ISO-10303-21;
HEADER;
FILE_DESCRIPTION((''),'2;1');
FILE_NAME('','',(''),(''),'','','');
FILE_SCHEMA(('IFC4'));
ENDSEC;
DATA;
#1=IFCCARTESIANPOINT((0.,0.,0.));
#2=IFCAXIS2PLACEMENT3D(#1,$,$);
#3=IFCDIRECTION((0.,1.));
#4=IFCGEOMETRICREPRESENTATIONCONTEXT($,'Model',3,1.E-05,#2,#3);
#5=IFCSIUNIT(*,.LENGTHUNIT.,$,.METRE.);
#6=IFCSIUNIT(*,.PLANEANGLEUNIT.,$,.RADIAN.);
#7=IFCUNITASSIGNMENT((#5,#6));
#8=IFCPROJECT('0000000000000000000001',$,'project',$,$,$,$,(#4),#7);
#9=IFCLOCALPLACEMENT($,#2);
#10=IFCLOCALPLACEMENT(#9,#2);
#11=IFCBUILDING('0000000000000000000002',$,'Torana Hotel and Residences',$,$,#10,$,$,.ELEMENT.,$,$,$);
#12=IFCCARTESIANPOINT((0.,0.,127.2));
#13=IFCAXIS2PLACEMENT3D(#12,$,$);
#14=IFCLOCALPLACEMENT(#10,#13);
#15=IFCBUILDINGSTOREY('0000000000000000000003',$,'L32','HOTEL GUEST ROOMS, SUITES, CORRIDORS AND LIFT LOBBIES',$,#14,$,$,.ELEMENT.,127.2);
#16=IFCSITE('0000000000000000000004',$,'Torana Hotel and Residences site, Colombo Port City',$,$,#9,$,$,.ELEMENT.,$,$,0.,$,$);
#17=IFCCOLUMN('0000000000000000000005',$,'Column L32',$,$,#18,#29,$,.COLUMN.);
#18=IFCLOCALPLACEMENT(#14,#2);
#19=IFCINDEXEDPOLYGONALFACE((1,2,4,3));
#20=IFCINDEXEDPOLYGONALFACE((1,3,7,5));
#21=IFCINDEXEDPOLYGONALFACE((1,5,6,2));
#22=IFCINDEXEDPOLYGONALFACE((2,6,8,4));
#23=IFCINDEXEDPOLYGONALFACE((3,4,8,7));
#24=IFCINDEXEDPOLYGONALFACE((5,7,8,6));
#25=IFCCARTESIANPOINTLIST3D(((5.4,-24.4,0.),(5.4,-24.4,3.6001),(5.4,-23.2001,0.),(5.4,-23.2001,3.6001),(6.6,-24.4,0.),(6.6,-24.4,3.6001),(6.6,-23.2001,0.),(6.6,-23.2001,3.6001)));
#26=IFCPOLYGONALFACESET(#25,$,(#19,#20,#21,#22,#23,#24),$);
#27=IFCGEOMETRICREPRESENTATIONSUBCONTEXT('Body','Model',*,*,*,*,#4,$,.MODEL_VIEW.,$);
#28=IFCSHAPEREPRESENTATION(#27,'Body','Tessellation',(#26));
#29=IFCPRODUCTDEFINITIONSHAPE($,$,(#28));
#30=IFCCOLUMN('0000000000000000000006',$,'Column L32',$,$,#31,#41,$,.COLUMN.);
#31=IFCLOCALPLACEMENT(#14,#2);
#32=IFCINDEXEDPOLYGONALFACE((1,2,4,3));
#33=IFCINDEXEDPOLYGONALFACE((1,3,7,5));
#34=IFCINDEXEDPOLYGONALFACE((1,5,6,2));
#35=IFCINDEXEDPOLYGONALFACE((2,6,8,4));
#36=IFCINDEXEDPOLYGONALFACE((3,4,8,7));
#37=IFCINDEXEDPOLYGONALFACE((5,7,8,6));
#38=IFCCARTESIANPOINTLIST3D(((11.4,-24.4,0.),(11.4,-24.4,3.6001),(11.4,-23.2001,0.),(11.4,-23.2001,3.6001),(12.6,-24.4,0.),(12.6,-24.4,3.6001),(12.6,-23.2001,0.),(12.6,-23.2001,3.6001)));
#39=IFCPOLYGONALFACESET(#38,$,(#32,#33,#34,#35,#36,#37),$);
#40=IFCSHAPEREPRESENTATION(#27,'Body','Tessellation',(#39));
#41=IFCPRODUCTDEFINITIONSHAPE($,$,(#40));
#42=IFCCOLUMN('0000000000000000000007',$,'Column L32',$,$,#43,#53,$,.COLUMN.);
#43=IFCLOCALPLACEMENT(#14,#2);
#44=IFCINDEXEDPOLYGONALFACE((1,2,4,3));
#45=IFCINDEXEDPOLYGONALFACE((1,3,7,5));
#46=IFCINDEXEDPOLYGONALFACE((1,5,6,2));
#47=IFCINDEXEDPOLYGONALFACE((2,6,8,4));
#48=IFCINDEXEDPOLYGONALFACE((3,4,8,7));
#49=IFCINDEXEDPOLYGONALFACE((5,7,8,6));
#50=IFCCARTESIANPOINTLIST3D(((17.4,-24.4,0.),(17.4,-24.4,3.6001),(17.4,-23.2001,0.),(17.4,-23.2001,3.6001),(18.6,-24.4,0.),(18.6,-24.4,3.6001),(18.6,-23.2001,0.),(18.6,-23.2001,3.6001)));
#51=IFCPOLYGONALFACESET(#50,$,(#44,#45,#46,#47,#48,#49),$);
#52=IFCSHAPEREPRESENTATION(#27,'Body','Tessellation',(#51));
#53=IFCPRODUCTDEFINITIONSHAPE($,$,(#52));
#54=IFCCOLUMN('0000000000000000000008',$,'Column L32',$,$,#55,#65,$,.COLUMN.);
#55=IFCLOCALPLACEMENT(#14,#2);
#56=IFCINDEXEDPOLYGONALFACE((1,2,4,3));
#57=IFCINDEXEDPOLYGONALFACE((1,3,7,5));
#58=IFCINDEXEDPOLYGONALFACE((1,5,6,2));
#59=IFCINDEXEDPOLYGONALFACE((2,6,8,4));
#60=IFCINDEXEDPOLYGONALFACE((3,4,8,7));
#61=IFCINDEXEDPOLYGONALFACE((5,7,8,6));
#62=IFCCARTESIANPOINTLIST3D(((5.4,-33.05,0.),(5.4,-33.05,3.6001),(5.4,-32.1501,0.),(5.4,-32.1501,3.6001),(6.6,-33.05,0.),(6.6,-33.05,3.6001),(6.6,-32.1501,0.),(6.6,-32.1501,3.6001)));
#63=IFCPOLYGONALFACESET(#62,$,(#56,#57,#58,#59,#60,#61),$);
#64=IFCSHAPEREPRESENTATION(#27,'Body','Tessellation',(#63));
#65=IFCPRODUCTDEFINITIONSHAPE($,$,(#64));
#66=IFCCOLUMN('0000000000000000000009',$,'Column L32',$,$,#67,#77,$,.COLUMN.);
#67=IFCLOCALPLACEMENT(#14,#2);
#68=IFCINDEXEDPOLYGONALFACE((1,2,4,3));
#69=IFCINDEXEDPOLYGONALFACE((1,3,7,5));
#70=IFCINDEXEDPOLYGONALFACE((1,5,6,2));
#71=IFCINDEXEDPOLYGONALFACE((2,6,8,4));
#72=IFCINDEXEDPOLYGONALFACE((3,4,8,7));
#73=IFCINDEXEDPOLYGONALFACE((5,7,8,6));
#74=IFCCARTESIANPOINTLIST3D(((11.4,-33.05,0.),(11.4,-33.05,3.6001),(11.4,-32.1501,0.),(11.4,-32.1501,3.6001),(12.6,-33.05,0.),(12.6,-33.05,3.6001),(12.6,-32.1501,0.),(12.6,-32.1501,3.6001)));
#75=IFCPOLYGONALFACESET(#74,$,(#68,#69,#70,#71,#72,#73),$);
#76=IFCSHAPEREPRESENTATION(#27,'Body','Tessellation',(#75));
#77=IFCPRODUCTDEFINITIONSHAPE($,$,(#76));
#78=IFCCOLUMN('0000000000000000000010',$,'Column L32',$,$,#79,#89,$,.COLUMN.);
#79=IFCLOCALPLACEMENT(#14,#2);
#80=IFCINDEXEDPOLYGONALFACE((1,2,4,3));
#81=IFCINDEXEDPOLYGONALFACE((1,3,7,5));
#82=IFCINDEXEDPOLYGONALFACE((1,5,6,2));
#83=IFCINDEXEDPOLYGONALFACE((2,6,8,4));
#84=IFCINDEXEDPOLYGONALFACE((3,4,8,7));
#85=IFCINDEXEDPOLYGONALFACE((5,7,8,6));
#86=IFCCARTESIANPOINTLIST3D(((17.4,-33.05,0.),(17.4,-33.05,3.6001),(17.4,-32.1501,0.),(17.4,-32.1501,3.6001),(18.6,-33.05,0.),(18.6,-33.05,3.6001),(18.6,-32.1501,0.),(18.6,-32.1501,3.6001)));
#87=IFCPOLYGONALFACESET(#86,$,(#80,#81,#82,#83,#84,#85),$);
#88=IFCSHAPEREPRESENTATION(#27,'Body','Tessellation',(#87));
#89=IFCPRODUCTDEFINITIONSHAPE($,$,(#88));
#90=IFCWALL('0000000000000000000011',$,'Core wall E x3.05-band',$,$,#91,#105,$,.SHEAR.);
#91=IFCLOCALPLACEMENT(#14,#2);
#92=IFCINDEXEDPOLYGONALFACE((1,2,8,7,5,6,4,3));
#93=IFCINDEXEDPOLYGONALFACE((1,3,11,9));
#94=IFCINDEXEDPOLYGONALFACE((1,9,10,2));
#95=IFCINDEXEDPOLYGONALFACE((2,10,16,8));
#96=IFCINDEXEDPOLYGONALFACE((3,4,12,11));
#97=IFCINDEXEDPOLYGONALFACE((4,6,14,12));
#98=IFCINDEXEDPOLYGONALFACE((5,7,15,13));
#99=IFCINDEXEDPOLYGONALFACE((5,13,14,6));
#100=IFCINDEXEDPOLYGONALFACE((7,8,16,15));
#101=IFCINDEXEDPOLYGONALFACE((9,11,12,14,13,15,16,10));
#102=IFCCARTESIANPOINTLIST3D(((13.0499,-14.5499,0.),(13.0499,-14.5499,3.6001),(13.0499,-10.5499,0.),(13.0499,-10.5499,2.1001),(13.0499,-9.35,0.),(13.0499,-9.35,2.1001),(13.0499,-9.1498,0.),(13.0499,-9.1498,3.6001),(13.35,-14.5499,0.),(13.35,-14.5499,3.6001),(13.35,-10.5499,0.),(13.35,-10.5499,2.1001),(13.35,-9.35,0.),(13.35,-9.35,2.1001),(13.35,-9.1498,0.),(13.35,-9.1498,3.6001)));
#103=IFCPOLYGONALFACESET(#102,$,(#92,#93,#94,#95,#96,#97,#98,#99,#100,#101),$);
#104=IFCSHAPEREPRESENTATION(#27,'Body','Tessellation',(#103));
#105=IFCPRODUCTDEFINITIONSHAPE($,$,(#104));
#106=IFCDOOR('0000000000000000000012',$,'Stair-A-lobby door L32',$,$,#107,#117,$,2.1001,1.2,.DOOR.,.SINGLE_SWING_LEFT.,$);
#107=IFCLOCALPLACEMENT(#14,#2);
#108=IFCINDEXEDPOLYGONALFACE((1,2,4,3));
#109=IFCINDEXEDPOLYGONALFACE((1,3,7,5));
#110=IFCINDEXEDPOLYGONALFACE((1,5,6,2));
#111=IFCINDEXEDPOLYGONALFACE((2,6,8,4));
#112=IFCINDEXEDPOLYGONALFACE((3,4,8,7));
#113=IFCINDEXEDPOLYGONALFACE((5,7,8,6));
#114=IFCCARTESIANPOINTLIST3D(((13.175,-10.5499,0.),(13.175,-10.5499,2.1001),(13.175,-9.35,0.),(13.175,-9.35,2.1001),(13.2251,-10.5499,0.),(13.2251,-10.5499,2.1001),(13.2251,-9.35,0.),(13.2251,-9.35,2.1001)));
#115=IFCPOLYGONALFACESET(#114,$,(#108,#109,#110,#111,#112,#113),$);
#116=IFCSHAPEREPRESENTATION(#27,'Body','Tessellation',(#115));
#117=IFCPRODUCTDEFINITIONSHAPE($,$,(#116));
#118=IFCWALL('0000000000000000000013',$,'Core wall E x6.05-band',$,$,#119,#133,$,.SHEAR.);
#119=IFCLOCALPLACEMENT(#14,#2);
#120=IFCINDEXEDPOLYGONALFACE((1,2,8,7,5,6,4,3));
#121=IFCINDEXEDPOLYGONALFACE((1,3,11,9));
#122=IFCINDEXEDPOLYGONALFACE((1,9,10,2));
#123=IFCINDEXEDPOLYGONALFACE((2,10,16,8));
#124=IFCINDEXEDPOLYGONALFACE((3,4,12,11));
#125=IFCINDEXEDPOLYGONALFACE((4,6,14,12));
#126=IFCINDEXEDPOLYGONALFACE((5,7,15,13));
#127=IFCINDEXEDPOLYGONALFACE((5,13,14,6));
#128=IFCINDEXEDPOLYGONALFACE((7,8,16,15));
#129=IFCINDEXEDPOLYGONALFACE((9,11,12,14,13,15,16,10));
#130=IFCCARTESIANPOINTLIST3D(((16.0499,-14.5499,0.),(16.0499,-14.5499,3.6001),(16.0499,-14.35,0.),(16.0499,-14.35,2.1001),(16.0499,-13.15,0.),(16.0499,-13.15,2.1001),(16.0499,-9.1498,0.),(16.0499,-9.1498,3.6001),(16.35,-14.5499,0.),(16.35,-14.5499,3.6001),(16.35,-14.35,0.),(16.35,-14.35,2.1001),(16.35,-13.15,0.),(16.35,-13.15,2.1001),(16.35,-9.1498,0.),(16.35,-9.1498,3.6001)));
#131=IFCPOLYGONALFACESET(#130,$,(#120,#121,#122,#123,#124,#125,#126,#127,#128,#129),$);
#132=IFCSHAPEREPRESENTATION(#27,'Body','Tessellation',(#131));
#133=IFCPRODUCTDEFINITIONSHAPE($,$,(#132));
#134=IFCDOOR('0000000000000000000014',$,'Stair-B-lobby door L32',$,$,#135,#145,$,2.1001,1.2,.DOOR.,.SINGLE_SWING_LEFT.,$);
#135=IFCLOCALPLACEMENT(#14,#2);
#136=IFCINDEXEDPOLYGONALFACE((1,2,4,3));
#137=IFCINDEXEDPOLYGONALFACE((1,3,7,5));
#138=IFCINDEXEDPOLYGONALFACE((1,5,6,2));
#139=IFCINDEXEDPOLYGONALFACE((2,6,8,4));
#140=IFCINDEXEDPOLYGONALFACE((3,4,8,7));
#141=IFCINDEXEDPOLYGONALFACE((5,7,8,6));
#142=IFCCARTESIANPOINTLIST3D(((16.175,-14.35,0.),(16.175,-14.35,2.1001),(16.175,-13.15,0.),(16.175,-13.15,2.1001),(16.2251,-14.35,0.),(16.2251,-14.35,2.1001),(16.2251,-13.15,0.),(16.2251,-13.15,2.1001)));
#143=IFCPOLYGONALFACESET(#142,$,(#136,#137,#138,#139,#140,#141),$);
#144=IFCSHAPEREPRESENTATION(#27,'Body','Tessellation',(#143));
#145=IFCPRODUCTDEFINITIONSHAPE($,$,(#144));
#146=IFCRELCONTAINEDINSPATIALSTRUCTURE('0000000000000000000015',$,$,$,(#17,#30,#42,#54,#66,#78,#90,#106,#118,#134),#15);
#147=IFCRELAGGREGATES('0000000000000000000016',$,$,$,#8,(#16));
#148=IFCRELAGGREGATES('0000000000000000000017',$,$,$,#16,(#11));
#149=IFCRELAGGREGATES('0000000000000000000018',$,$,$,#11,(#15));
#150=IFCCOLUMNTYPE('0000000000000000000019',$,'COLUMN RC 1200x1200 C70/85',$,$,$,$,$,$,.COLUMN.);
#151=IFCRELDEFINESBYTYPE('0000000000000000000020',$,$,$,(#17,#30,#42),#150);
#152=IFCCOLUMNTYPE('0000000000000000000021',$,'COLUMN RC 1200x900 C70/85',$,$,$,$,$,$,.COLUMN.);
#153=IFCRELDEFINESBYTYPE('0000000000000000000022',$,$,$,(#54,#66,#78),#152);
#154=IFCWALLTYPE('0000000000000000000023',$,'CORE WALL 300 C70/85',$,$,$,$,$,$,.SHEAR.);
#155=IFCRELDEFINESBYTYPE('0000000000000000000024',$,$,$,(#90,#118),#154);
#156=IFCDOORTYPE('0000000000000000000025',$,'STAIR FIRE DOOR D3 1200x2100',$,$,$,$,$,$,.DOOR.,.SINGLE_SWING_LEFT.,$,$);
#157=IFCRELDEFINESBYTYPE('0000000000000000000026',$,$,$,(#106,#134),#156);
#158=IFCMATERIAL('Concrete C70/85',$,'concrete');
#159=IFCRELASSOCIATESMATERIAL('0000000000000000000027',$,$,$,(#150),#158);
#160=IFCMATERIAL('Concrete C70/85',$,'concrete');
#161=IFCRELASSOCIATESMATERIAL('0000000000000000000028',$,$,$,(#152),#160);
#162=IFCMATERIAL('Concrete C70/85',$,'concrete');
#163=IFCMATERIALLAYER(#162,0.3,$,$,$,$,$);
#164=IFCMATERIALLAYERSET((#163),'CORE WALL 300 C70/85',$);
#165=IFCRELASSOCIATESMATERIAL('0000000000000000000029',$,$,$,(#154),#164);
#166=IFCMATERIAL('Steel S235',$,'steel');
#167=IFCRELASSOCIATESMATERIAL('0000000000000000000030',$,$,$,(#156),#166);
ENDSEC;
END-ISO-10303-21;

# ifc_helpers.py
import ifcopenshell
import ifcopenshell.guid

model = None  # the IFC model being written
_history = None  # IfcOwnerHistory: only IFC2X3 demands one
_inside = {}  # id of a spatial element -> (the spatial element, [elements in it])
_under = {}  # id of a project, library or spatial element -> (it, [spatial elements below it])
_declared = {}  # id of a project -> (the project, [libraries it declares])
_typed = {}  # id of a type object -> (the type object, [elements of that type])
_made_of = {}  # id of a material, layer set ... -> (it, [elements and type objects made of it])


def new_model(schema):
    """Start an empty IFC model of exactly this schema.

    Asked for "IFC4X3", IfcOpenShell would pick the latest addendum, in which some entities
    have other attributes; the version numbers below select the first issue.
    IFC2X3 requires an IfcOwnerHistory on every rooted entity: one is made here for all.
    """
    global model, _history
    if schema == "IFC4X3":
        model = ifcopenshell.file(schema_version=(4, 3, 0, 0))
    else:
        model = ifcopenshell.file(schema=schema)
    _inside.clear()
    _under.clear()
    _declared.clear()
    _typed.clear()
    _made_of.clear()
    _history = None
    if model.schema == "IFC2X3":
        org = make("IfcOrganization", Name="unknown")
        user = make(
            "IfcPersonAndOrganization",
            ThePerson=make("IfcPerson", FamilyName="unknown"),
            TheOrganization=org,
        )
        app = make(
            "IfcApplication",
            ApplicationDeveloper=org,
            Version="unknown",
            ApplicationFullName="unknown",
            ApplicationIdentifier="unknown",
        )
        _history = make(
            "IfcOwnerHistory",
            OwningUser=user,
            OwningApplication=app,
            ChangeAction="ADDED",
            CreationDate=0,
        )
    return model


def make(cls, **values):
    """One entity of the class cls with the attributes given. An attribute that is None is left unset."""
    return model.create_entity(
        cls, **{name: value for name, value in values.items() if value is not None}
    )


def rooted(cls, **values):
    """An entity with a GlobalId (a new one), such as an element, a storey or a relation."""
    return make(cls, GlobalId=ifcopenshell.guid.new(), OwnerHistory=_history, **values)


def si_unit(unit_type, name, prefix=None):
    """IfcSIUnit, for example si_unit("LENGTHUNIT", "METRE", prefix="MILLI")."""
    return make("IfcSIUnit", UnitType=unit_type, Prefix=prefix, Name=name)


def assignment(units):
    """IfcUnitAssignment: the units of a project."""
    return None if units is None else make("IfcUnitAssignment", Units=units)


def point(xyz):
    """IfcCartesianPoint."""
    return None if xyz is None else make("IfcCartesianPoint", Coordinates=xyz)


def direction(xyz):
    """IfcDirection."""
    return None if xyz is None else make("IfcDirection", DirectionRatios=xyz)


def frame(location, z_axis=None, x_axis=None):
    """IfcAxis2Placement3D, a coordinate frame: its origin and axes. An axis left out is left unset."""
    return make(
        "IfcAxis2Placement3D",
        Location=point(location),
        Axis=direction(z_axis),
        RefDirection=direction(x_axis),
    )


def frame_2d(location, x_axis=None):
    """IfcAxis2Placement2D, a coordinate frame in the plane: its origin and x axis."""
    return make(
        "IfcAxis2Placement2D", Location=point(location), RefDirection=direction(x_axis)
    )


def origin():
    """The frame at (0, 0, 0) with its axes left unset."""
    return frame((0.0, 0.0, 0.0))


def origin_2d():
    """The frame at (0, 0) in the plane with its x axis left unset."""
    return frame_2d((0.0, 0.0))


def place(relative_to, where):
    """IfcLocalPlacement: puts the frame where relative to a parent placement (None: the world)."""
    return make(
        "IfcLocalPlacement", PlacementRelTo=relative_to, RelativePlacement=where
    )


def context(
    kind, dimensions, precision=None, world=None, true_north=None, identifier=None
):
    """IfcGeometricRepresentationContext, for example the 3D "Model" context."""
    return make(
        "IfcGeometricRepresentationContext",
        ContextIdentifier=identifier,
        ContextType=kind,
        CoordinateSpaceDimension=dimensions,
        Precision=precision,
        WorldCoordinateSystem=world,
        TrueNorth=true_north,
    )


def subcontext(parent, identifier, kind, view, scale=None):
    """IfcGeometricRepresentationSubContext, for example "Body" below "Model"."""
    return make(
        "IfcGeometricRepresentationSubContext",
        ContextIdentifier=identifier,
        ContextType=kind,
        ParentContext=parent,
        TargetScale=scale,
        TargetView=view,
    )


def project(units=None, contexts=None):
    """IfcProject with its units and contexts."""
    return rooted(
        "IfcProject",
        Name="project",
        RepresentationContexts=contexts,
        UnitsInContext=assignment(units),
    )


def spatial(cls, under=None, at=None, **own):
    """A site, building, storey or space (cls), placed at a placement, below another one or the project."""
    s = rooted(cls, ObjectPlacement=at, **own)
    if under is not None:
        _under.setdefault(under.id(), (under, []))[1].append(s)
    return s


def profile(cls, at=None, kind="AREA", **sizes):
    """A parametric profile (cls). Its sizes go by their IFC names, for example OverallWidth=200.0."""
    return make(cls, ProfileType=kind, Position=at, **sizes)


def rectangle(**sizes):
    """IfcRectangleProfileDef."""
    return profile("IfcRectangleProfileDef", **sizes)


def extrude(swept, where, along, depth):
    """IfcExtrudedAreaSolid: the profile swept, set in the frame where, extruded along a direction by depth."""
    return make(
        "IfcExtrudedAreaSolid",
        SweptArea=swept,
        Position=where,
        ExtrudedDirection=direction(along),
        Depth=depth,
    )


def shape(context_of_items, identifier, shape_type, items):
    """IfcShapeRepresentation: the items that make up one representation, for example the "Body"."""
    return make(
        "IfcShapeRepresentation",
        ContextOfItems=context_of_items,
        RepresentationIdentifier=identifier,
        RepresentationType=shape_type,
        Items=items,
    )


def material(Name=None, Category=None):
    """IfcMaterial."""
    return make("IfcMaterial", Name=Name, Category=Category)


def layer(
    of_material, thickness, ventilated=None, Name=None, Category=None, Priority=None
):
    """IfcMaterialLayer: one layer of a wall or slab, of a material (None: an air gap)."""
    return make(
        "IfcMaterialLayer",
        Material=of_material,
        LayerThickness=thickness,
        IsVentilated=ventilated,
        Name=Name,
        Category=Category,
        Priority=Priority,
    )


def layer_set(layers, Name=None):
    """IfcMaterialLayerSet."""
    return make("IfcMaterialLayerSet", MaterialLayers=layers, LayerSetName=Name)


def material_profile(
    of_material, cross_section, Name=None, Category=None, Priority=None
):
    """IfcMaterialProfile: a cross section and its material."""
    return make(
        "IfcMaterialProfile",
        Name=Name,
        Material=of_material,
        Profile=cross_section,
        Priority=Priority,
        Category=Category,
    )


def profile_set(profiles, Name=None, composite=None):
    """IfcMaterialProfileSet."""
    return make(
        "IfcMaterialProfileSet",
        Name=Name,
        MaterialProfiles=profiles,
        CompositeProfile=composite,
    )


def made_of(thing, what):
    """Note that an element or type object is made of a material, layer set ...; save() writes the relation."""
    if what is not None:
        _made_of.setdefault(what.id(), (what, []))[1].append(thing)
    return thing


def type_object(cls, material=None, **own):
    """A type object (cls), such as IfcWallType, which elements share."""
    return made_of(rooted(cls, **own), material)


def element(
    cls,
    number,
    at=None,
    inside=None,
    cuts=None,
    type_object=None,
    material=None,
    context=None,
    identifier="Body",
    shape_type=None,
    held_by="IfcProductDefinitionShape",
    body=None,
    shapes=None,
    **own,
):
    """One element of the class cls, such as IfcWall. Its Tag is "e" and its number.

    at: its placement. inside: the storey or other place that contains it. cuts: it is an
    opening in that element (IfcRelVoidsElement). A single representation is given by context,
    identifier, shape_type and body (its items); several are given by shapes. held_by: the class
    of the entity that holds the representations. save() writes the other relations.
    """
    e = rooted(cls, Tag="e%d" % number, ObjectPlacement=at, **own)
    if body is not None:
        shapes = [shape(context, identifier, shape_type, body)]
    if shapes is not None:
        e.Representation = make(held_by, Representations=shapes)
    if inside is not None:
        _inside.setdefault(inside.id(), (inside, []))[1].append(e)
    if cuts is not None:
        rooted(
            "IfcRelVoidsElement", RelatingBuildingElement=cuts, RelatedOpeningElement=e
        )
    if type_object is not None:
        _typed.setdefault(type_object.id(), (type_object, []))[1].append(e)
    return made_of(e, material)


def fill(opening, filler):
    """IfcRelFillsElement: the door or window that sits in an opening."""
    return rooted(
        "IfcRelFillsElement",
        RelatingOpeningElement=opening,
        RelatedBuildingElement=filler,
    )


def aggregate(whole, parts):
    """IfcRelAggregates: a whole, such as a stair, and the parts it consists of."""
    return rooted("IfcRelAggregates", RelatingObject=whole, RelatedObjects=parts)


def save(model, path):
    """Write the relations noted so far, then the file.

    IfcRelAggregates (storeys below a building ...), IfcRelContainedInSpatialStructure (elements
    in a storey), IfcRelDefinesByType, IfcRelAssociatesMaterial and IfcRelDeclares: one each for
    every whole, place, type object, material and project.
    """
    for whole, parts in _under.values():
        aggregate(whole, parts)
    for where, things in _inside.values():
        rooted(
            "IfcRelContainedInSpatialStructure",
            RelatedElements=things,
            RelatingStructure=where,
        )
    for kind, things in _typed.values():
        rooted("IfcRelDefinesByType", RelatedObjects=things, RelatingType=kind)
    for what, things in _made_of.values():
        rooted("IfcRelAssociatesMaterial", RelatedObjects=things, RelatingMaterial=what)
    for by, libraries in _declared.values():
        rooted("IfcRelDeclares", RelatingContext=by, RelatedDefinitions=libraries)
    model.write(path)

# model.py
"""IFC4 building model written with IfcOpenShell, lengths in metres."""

from ifc_helpers import new_model, si_unit, direction, frame, frame_2d, origin, origin_2d, place, context, subcontext, project, spatial, rectangle, extrude, material, layer, layer_set, material_profile, profile_set, type_object, element, fill, save


model = new_model("IFC4")

# Units and contexts
model_context = context("Model", 3, precision=1e-05, world=origin(), true_north=direction((0.0, 1.0)))
body_context = subcontext(model_context, "Body", "Model", "MODEL_VIEW")
ifc_project = project(units=[si_unit("LENGTHUNIT", "METRE"), si_unit("PLANEANGLEUNIT", "RADIAN")], contexts=[model_context])

# Site, building, storey
site_placement = place(None, origin())
site = spatial("IfcSite", under=ifc_project, at=site_placement, Name="Torana Hotel and Residences site, Colombo Port City", CompositionType="ELEMENT", RefElevation=0.0)
building_placement = place(site_placement, origin())
building = spatial("IfcBuilding", under=site, at=building_placement, Name="Torana Hotel and Residences", CompositionType="ELEMENT")
storey_placement = place(building_placement, frame((0.0, 0.0, 127.2)))
storey = spatial("IfcBuildingStorey", under=building, at=storey_placement, Name="L32", Description="HOTEL GUEST ROOMS, SUITES, CORRIDORS AND LIFT LOBBIES", CompositionType="ELEMENT", Elevation=127.2)

# Columns
ifc_material_1 = material(Name="Concrete C70/85", Category="concrete")
ifc_material_profile_1 = material_profile(ifc_material_1, rectangle(XDim=1.2, YDim=1.2, at=origin_2d()), Name="RC 1200x1200")
ifc_profile_set_1 = profile_set([ifc_material_profile_1], Name="Concrete C70/85")
column_type_1 = type_object("IfcColumnType", Name="COLUMN RC 1200x1200 C70/85", PredefinedType="COLUMN", material=ifc_profile_set_1)
for number, where, z_axis, x_axis, name in (
    (1, (6.0, -23.8, 0.0), (0.0, 0.0, 1.0), (1.0, 0.0, 0.0), "Column L32"),
    (2, (12.0, -23.8, 0.0), (0.0, 0.0, 1.0), (1.0, 0.0, 0.0), "Column L32"),
    (3, (18.0, -23.8, 0.0), (0.0, 0.0, 1.0), (1.0, 0.0, 0.0), "Column L32"),
):
    element("IfcColumn", number, at=place(storey_placement, frame(where, z_axis=z_axis, x_axis=x_axis)), inside=storey, type_object=column_type_1, Name=name, PredefinedType="COLUMN", context=body_context, shape_type="SweptSolid", body=[
        extrude(rectangle(XDim=1.2, YDim=1.2, at=origin_2d()), origin(), (0.0, 0.0, 1.0), 3.6001),
    ])
ifc_material_2 = material(Name="Concrete C70/85", Category="concrete")
ifc_material_profile_2 = material_profile(ifc_material_2, rectangle(XDim=1.2, YDim=0.8999, at=origin_2d()), Name="RC 1200x900")
ifc_profile_set_2 = profile_set([ifc_material_profile_2], Name="Concrete C70/85")
column_type_2 = type_object("IfcColumnType", Name="COLUMN RC 1200x900 C70/85", PredefinedType="COLUMN", material=ifc_profile_set_2)
for number, where, z_axis, x_axis, name in (
    (4, (6.0, -32.6001, 0.0), (0.0, 0.0, 1.0), (1.0, 0.0, 0.0), "Column L32"),
    (5, (12.0, -32.6001, 0.0), (0.0, 0.0, 1.0), (1.0, 0.0, 0.0), "Column L32"),
    (6, (18.0, -32.6001, 0.0), (0.0, 0.0, 1.0), (1.0, 0.0, 0.0), "Column L32"),
):
    element("IfcColumn", number, at=place(storey_placement, frame(where, z_axis=z_axis, x_axis=x_axis)), inside=storey, type_object=column_type_2, Name=name, PredefinedType="COLUMN", context=body_context, shape_type="SweptSolid", body=[
        extrude(rectangle(XDim=1.2, YDim=0.8999, at=origin_2d()), origin(), (0.0, 0.0, 1.0), 3.6001),
    ])

# Walls, openings, doors
ifc_material_3 = material(Name="Concrete C70/85", Category="concrete")
ifc_layer_1 = layer(ifc_material_3, 0.3)
ifc_layer_set_1 = layer_set([ifc_layer_1], Name="CORE WALL 300 C70/85")
wall_type_1 = type_object("IfcWallType", Name="CORE WALL 300 C70/85", PredefinedType="SHEAR", material=ifc_layer_set_1)
wall_1_placement = place(storey_placement, frame((13.2, -14.55, 0.0), z_axis=(0.0, 0.0, 1.0), x_axis=(0.0, 1.0, 0.0)))
wall_1 = element("IfcWall", 7, at=wall_1_placement, inside=storey, type_object=wall_type_1, Name="Core wall E x3.05-band", PredefinedType="SHEAR", context=body_context, shape_type="SweptSolid", body=[
    extrude(rectangle(XDim=5.4001, YDim=0.3, at=frame_2d((2.7002, 0.0))), origin(), (0.0, 0.0, 1.0), 3.6001),
])
opening_1_placement = place(wall_1_placement, frame((4.0, 0.0, 0.0)))
opening_1 = element("IfcOpeningElement", 8, at=opening_1_placement, cuts=wall_1, PredefinedType="OPENING", context=body_context, shape_type="SweptSolid", body=[
    extrude(rectangle(XDim=1.2, YDim=2.1001, at=frame_2d((0.6001, 1.05))), frame((0.0, 0.1599, 0.0), z_axis=(0.0, -1.0, 0.0), x_axis=(1.0, 0.0, 0.0)), (0.0, 0.0, 1.0), 0.3201),
])
ifc_material_4 = material(Name="Steel S235", Category="steel")
door_type_1 = type_object("IfcDoorType", Name="STAIR FIRE DOOR D3 1200x2100", OperationType="SINGLE_SWING_LEFT", PredefinedType="DOOR", material=ifc_material_4)
door_1_placement = place(opening_1_placement, origin())
door_1 = element("IfcDoor", 9, at=door_1_placement, inside=storey, type_object=door_type_1, Name="Stair-A-lobby door L32", OperationType="SINGLE_SWING_LEFT", OverallHeight=2.1001, OverallWidth=1.2, PredefinedType="DOOR", context=body_context, shape_type="SweptSolid", body=[
    extrude(rectangle(XDim=1.2, YDim=2.1001, at=frame_2d((0.6001, 1.05))), frame((0.0, 0.0249, 0.0), z_axis=(0.0, -1.0, 0.0), x_axis=(1.0, 0.0, 0.0)), (0.0, 0.0, 1.0), 0.05),
])
fill(opening_1, door_1)
wall_2_placement = place(storey_placement, frame((16.2, -14.55, 0.0), z_axis=(0.0, 0.0, 1.0), x_axis=(0.0, 1.0, 0.0)))
wall_2 = element("IfcWall", 10, at=wall_2_placement, inside=storey, type_object=wall_type_1, Name="Core wall E x6.05-band", PredefinedType="SHEAR", context=body_context, shape_type="SweptSolid", body=[
    extrude(rectangle(XDim=5.4001, YDim=0.3, at=frame_2d((2.7002, 0.0))), origin(), (0.0, 0.0, 1.0), 3.6001),
])
opening_2_placement = place(wall_2_placement, frame((0.2, 0.0, 0.0)))
opening_2 = element("IfcOpeningElement", 11, at=opening_2_placement, cuts=wall_2, PredefinedType="OPENING", context=body_context, shape_type="SweptSolid", body=[
    extrude(rectangle(XDim=1.2, YDim=2.1001, at=frame_2d((0.6001, 1.05))), frame((0.0, 0.1599, 0.0), z_axis=(0.0, -1.0, 0.0), x_axis=(1.0, 0.0, 0.0)), (0.0, 0.0, 1.0), 0.3201),
])
door_2_placement = place(opening_2_placement, frame((0.6001, 0.0, 0.0), z_axis=(0.0, 0.0, 1.0), x_axis=(-1.0, 0.0, 0.0)))
door_2 = element("IfcDoor", 12, at=door_2_placement, inside=storey, type_object=door_type_1, Name="Stair-B-lobby door L32", OperationType="SINGLE_SWING_LEFT", OverallHeight=2.1001, OverallWidth=1.2, PredefinedType="DOOR", context=body_context, shape_type="SweptSolid", body=[
    extrude(rectangle(XDim=1.2, YDim=2.1001, at=frame_2d((0.0, 1.05))), frame((0.0, -0.0249, 0.0), z_axis=(0.0, 1.0, 0.0), x_axis=(-1.0, 0.0, 0.0)), (0.0, 0.0, 1.0), 0.05),
])
fill(opening_2, door_2)

save(model, "model.ifc")
